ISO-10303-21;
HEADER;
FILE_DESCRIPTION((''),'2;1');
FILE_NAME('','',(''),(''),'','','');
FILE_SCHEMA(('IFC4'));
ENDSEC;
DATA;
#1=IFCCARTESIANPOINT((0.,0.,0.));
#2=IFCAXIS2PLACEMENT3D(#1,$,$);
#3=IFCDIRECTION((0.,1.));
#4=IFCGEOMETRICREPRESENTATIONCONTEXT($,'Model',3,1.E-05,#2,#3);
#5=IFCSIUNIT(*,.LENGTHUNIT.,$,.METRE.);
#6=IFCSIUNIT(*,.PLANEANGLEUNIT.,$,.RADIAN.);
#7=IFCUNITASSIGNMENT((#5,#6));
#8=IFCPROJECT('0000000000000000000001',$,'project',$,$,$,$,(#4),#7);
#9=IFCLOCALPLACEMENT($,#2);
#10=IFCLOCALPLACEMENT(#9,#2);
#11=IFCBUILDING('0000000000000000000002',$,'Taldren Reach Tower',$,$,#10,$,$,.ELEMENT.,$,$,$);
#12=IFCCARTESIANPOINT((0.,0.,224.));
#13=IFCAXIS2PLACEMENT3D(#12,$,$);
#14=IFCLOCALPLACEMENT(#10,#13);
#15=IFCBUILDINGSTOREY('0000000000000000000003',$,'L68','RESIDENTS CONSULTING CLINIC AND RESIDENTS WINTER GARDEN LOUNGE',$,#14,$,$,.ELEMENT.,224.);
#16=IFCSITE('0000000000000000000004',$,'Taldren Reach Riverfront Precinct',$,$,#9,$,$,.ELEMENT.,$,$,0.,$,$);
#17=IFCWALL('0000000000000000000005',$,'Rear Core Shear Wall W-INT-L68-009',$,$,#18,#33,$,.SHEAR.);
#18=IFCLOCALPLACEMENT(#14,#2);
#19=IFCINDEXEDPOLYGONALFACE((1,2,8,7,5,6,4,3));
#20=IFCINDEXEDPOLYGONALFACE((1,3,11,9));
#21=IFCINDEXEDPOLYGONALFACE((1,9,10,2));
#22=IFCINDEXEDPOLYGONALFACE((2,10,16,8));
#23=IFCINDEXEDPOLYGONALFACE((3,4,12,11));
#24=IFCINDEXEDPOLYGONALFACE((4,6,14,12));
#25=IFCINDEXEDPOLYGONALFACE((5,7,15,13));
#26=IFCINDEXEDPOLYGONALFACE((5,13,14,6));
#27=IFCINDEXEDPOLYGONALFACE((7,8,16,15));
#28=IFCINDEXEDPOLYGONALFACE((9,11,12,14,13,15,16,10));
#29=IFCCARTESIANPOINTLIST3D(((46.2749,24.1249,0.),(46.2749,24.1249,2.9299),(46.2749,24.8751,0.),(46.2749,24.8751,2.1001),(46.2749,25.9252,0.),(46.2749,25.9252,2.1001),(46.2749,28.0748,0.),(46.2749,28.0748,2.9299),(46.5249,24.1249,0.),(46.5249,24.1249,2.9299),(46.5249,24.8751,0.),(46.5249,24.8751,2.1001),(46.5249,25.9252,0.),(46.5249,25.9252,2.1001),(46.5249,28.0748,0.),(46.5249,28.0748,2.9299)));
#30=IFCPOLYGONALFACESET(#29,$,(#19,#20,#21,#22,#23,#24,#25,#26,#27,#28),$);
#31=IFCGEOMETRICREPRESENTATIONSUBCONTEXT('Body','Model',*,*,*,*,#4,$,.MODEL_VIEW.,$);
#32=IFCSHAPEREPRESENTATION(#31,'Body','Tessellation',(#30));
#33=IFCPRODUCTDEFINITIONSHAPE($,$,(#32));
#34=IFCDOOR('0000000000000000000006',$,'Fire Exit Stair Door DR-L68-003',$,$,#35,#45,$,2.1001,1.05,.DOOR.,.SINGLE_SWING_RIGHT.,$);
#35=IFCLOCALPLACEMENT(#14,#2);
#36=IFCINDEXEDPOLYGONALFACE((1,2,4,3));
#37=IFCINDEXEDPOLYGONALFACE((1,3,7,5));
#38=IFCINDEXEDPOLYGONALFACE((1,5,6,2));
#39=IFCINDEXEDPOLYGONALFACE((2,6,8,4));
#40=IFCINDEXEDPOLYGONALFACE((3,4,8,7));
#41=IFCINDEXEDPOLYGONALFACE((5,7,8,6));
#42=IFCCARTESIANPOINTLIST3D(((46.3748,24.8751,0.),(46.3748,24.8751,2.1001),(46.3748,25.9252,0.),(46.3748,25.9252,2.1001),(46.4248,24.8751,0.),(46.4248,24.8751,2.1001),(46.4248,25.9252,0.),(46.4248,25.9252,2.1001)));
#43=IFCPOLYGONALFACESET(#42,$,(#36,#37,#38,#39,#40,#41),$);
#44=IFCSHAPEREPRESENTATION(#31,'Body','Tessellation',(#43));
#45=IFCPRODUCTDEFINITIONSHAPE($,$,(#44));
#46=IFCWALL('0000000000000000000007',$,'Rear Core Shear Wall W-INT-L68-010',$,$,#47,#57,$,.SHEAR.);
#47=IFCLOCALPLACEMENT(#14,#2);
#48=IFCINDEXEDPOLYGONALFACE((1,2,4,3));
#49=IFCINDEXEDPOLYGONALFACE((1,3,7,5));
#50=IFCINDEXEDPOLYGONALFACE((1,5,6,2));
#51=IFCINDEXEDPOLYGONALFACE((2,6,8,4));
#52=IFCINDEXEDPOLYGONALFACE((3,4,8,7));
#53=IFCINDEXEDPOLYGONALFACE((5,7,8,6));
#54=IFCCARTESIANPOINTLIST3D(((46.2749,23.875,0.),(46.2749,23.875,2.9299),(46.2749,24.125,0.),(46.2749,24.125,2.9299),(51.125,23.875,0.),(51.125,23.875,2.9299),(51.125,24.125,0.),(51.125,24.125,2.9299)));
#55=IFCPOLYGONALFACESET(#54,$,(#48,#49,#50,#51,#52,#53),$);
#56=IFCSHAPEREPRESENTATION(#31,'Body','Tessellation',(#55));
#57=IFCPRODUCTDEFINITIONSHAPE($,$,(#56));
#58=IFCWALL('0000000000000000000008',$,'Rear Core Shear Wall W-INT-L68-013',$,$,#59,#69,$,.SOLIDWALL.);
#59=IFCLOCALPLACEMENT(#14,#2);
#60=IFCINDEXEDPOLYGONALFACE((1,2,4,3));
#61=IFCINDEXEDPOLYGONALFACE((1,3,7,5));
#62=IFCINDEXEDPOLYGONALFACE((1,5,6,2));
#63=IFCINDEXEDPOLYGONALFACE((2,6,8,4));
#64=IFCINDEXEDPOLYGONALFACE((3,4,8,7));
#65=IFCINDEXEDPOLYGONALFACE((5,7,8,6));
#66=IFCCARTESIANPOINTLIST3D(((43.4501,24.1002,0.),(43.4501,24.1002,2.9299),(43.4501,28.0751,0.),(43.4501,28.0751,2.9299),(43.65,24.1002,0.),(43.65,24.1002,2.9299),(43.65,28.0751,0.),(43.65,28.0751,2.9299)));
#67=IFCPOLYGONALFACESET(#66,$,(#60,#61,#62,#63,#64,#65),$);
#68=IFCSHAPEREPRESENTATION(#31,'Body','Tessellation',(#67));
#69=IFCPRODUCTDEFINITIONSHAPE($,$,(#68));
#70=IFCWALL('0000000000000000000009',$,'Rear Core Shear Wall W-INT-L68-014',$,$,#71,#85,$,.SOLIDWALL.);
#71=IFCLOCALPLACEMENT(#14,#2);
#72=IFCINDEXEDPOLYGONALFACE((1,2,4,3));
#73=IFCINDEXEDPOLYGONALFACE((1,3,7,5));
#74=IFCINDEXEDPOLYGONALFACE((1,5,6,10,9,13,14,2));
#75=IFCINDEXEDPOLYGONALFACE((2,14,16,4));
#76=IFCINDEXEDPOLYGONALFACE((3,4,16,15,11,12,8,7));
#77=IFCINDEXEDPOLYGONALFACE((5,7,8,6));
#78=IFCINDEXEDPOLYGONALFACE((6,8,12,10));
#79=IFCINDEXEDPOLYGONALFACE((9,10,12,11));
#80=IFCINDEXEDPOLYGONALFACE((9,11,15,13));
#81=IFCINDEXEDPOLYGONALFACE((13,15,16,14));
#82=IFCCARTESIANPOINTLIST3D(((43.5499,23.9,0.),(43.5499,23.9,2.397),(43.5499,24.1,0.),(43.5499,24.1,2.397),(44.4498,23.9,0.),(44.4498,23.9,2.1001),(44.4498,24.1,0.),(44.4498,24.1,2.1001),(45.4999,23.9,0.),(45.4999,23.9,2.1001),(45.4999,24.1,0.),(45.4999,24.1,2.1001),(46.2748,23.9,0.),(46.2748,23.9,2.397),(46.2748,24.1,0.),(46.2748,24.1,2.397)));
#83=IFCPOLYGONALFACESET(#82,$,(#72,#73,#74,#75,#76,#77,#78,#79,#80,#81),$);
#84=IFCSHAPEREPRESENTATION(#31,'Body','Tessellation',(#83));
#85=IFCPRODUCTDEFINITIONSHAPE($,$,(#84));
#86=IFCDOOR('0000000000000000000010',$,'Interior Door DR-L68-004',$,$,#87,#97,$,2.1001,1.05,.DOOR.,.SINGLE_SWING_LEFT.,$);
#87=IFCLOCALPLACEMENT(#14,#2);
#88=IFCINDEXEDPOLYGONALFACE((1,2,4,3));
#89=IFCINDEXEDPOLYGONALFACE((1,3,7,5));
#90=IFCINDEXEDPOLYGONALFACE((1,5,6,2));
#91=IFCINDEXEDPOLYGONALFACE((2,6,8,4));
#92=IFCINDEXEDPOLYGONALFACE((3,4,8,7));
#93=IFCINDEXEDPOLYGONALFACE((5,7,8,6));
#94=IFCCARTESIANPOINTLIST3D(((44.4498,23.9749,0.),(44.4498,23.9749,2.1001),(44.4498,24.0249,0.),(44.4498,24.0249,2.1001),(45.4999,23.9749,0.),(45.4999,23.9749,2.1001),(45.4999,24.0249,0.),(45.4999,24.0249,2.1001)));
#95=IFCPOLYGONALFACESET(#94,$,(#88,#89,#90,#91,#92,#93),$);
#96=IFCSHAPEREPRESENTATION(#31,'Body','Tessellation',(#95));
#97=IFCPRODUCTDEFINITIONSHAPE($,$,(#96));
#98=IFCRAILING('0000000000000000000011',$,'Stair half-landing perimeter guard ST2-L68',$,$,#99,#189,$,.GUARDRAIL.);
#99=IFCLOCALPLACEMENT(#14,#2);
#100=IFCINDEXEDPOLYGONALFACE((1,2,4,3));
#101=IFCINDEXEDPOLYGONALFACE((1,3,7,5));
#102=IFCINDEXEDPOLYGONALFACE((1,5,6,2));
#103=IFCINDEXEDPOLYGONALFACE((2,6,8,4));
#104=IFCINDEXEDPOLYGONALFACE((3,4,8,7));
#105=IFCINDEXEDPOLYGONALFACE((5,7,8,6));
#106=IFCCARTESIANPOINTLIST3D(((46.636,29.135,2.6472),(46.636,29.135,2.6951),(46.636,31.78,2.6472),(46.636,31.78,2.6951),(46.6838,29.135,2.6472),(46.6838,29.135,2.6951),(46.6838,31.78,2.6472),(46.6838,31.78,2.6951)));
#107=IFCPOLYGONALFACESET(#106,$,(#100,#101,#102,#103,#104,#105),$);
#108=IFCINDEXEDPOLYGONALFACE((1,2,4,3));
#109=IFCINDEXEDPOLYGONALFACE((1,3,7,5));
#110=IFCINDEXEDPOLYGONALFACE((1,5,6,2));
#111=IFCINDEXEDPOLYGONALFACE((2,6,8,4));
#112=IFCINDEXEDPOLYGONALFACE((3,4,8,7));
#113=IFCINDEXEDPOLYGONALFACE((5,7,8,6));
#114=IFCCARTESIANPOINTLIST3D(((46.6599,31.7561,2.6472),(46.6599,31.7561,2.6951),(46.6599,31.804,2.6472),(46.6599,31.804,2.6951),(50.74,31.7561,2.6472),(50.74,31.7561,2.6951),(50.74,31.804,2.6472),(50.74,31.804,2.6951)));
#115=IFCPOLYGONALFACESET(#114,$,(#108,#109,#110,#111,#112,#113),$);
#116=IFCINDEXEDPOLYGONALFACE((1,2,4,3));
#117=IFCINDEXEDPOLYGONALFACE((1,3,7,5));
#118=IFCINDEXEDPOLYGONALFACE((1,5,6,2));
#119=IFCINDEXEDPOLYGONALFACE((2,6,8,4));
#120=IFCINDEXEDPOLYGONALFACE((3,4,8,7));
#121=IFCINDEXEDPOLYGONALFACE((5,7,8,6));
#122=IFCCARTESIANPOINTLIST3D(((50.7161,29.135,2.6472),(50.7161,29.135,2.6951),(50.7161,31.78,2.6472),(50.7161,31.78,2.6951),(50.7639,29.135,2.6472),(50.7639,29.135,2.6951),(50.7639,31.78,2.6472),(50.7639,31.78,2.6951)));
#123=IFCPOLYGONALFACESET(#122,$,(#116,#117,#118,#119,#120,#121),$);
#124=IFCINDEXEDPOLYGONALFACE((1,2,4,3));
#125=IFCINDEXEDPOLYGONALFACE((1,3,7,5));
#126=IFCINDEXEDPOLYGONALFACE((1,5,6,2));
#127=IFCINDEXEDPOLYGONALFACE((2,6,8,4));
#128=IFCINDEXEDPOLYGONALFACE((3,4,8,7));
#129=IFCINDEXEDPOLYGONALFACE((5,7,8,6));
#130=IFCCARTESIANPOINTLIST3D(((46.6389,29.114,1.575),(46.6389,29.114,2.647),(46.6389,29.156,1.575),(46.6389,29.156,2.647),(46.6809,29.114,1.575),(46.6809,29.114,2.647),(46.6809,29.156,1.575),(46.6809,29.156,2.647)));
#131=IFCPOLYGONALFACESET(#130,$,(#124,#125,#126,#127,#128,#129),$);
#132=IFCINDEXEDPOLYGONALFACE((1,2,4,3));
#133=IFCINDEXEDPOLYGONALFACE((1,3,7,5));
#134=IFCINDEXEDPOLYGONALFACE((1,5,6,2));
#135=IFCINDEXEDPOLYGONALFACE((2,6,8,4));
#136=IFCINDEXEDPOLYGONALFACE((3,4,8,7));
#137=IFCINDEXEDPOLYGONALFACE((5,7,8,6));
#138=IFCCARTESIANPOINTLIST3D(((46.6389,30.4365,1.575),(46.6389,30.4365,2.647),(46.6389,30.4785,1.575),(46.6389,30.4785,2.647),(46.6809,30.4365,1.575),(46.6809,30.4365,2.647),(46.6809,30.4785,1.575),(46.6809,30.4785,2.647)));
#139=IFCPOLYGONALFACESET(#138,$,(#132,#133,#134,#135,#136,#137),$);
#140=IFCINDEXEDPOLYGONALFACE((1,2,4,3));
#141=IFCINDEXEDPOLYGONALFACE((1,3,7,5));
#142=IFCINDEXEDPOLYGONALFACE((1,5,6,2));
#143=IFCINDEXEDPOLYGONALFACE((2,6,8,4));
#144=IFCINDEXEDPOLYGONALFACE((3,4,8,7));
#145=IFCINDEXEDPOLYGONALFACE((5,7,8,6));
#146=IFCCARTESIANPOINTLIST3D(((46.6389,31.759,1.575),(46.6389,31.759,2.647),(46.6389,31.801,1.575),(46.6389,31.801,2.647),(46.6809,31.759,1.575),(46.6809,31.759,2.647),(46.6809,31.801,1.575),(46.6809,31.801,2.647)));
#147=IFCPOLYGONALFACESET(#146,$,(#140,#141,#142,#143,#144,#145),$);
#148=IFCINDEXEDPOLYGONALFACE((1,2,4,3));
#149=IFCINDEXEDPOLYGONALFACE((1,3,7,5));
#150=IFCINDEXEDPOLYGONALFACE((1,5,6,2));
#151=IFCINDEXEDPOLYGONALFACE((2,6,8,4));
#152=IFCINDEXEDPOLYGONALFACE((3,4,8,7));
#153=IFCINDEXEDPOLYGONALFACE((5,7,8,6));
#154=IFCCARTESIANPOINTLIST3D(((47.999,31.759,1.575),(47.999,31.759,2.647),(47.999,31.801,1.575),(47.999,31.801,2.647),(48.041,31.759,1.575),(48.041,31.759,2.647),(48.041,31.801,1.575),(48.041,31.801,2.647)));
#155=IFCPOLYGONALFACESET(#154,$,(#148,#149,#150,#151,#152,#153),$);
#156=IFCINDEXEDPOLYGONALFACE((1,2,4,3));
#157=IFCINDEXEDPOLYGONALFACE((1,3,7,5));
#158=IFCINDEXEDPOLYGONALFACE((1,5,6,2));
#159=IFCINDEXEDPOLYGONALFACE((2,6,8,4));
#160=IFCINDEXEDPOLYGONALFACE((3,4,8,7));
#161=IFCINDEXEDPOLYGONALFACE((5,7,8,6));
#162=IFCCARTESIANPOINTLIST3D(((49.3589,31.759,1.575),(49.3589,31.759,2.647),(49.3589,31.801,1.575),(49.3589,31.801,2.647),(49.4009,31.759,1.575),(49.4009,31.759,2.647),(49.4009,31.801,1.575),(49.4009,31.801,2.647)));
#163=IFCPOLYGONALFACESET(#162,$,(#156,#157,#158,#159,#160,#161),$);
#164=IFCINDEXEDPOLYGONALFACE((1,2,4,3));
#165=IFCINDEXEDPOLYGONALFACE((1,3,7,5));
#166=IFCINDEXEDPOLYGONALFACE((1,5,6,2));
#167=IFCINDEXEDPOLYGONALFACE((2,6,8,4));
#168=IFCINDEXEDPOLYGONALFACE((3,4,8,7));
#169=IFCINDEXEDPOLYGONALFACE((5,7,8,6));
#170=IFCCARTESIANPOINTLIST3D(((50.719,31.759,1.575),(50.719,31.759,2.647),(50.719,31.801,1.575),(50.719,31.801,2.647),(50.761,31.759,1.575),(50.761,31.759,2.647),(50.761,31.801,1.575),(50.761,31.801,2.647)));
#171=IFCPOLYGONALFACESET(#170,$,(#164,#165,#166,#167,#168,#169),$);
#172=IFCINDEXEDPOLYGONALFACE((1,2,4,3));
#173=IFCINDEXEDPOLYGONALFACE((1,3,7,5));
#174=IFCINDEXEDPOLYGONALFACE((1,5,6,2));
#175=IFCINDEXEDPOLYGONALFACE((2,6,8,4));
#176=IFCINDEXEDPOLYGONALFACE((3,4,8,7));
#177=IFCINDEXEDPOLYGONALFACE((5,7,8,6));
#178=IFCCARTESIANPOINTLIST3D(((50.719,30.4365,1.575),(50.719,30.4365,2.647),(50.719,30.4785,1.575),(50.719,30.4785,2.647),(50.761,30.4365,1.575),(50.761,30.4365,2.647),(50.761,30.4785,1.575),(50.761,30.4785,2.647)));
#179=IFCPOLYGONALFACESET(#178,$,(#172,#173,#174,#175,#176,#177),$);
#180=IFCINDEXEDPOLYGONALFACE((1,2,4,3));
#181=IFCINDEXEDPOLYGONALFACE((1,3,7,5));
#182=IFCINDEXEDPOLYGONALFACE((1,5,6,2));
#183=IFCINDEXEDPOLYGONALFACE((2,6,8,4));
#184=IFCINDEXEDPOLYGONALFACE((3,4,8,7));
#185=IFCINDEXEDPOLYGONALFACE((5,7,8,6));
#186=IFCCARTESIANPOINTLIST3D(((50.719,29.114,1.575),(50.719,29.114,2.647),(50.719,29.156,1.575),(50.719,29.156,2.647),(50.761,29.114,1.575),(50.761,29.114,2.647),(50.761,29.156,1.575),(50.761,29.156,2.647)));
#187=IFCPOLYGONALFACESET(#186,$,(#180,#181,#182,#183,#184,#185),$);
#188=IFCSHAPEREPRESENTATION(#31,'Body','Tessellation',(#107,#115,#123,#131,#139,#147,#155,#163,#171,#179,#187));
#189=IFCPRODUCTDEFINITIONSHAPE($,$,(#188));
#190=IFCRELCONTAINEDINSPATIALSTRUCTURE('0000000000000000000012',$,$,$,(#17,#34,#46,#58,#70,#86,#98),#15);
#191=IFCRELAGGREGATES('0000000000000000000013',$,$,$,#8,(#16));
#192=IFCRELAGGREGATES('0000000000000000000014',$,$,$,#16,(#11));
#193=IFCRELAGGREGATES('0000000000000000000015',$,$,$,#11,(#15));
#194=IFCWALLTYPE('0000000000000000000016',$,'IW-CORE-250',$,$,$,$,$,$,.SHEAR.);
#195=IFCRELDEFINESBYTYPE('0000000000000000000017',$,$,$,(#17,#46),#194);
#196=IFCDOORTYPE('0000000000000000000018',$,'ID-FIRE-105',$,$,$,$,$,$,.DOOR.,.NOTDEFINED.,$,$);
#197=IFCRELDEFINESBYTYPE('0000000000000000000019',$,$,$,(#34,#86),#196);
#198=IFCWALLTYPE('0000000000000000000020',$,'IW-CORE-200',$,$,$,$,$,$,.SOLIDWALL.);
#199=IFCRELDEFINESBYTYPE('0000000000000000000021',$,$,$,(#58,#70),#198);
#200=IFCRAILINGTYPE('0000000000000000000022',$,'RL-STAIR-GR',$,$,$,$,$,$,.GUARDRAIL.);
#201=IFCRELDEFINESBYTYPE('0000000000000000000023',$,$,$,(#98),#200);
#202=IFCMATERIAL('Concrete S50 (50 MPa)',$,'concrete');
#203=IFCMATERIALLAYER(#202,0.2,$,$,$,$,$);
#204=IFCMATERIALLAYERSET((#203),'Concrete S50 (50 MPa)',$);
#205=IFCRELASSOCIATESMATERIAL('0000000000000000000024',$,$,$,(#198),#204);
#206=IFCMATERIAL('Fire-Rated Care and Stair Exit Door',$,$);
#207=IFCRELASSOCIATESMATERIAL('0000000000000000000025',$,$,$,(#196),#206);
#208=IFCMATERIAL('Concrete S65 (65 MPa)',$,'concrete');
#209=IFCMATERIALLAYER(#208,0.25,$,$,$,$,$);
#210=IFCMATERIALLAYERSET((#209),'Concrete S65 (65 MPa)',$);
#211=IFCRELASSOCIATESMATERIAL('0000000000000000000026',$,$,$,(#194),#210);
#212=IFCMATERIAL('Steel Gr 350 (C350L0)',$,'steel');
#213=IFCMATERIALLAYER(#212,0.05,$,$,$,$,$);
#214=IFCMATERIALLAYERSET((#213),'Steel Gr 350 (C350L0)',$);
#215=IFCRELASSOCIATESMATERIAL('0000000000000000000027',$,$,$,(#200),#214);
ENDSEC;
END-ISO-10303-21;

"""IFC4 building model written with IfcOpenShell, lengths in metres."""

from ifc_helpers import new_model, si_unit, direction, frame, frame_2d, origin, origin_2d, place, context, subcontext, project, spatial, rectangle, extrude, source, transform, mapped, material, layer, layer_set, type_object, element, fill, save


model = new_model("IFC4")

# Units and contexts
model_context = context("Model", 3, precision=1e-05, world=origin(), true_north=direction((0.0, 1.0)))
body_context = subcontext(model_context, "Body", "Model", "MODEL_VIEW")
ifc_project = project(units=[si_unit("LENGTHUNIT", "METRE"), si_unit("PLANEANGLEUNIT", "RADIAN")], contexts=[model_context])

# Site, building, storey
site_placement = place(None, origin())
site = spatial("IfcSite", under=ifc_project, at=site_placement, Name="Taldren Reach Riverfront Precinct", CompositionType="ELEMENT", RefElevation=0.0)
building_placement = place(site_placement, origin())
building = spatial("IfcBuilding", under=site, at=building_placement, Name="Taldren Reach Tower", CompositionType="ELEMENT")
storey_placement = place(building_placement, frame((0.0, 0.0, 224.0)))
storey = spatial("IfcBuildingStorey", under=building, at=storey_placement, Name="L68", Description="RESIDENTS CONSULTING CLINIC AND RESIDENTS WINTER GARDEN LOUNGE", CompositionType="ELEMENT", Elevation=224.0)

# Shared definitions
ifc_material_1 = material(Name="Steel Gr 350 (C350L0)", Category="steel")

# Shared definitions
ifc_material_2 = material(Name="Concrete S50 (50 MPa)", Category="concrete")
ifc_layer_1 = layer(ifc_material_2, 0.2)
ifc_layer_set_1 = layer_set([ifc_layer_1], Name="Concrete S50 (50 MPa)")
wall_type_1 = type_object("IfcWallType", Name="IW-CORE-200", PredefinedType="SOLIDWALL", material=ifc_layer_set_1)
shared_shape_1 = source(origin(), body_context, "Body", "SweptSolid", [
    extrude(rectangle(XDim=1.05, YDim=2.1001, at=frame_2d((0.5249, 1.05))), frame((0.0, 0.1099, 0.0), z_axis=(0.0, -1.0, 0.0), x_axis=(1.0, 0.0, 0.0)), (0.0, 0.0, 1.0), 0.22),
])
ifc_material_3 = material(Name="Fire-Rated Care and Stair Exit Door")
door_type_1 = type_object("IfcDoorType", Name="ID-FIRE-105", OperationType="NOTDEFINED", PredefinedType="DOOR", material=ifc_material_3)
shared_shape_2 = source(origin(), body_context, "Body", "SweptSolid", [
    extrude(rectangle(XDim=1.05, YDim=2.1001, at=frame_2d((0.5249, 1.05))), frame((0.0, 0.0249, 0.0), z_axis=(0.0, -1.0, 0.0), x_axis=(1.0, 0.0, 0.0)), (0.0, 0.0, 1.0), 0.05),
])

# Shared definitions
ifc_material_4 = material(Name="Concrete S65 (65 MPa)", Category="concrete")
ifc_layer_2 = layer(ifc_material_4, 0.25)
ifc_layer_set_2 = layer_set([ifc_layer_2], Name="Concrete S65 (65 MPa)")
wall_type_2 = type_object("IfcWallType", Name="IW-CORE-250", PredefinedType="SHEAR", material=ifc_layer_set_2)

# Wall, opening, door
shared_shape_3 = source(origin(), body_context, "Body", "SweptSolid", [
    extrude(rectangle(XDim=3.95, YDim=0.25, at=frame_2d((1.9751, 0.0))), origin(), (0.0, 0.0, 1.0), 2.9299),
])
wall_1_placement = place(storey_placement, frame((46.3999, 28.075, 0.0), z_axis=(0.0, 0.0, 1.0), x_axis=(0.0, -1.0, 0.0)))
wall_1 = element("IfcWall", 1, at=wall_1_placement, inside=storey, type_object=wall_type_2, Name="Rear Core Shear Wall W-INT-L68-009", PredefinedType="SHEAR", context=body_context, shape_type="MappedRepresentation", body=[
    mapped(shared_shape_3, transform((0.0, 0.0, 0.0), scale=1.0)),
])
shared_shape_4 = source(origin(), body_context, "Body", "SweptSolid", [
    extrude(rectangle(XDim=1.05, YDim=2.1001, at=frame_2d((0.5249, 1.05))), frame((0.0, 0.135, 0.0), z_axis=(0.0, -1.0, 0.0), x_axis=(1.0, 0.0, 0.0)), (0.0, 0.0, 1.0), 0.27),
])
opening_1_placement = place(wall_1_placement, frame((2.1499, 0.0, 0.0)))
opening_1 = element("IfcOpeningElement", 2, at=opening_1_placement, cuts=wall_1, PredefinedType="OPENING", context=body_context, shape_type="MappedRepresentation", body=[
    mapped(shared_shape_4, transform((0.0, 0.0, 0.0), scale=1.0)),
])
door_1_placement = place(opening_1_placement, origin())
door_1 = element("IfcDoor", 3, at=door_1_placement, inside=storey, type_object=door_type_1, Name="Fire Exit Stair Door DR-L68-003", OperationType="SINGLE_SWING_RIGHT", OverallHeight=2.1001, OverallWidth=1.05, PredefinedType="DOOR", context=body_context, shape_type="MappedRepresentation", body=[
    mapped(shared_shape_2, transform((0.0, 0.0, 0.0), scale=1.0)),
])
fill(opening_1, door_1)

# Wall
shared_shape_5 = source(origin(), body_context, "Body", "SweptSolid", [
    extrude(rectangle(XDim=4.8501, YDim=0.25, at=frame_2d((2.425, 0.0))), origin(), (0.0, 0.0, 1.0), 2.9299),
])
wall_2_placement = place(storey_placement, frame((46.2749, 24.0, 0.0), z_axis=(0.0, 0.0, 1.0), x_axis=(1.0, 0.0, 0.0)))
element("IfcWall", 4, at=wall_2_placement, inside=storey, type_object=wall_type_2, Name="Rear Core Shear Wall W-INT-L68-010", PredefinedType="SHEAR", context=body_context, shape_type="MappedRepresentation", body=[
    mapped(shared_shape_5, transform((0.0, 0.0, 0.0), scale=1.0)),
])

# Wall
shared_shape_6 = source(origin(), body_context, "Body", "SweptSolid", [
    extrude(rectangle(XDim=3.9749, YDim=0.2, at=frame_2d((1.9873, 0.0))), origin(), (0.0, 0.0, 1.0), 2.9299),
])
wall_3_placement = place(storey_placement, frame((43.55, 28.075, 0.0), z_axis=(0.0, 0.0, 1.0), x_axis=(0.0, -1.0, 0.0)))
element("IfcWall", 5, at=wall_3_placement, inside=storey, type_object=wall_type_1, Name="Rear Core Shear Wall W-INT-L68-013", PredefinedType="SOLIDWALL", context=body_context, shape_type="MappedRepresentation", body=[
    mapped(shared_shape_6, transform((0.0, 0.0, 0.0), scale=1.0)),
])

# Wall, opening, door
shared_shape_7 = source(origin(), body_context, "Body", "SweptSolid", [
    extrude(rectangle(XDim=2.7249, YDim=0.2, at=frame_2d((1.3623, 0.0))), origin(), (0.0, 0.0, 1.0), 2.397),
])
wall_4_placement = place(storey_placement, frame((43.55, 24.0, 0.0), z_axis=(0.0, 0.0, 1.0), x_axis=(1.0, 0.0, 0.0)))
wall_4 = element("IfcWall", 6, at=wall_4_placement, inside=storey, type_object=wall_type_1, Name="Rear Core Shear Wall W-INT-L68-014", PredefinedType="SOLIDWALL", context=body_context, shape_type="MappedRepresentation", body=[
    mapped(shared_shape_7, transform((0.0, 0.0, 0.0), scale=1.0)),
])
opening_2_placement = place(wall_4_placement, frame((0.8999, 0.0, 0.0)))
opening_2 = element("IfcOpeningElement", 7, at=opening_2_placement, cuts=wall_4, PredefinedType="OPENING", context=body_context, shape_type="MappedRepresentation", body=[
    mapped(shared_shape_1, transform((0.0, 0.0, 0.0), scale=1.0)),
])
door_2_placement = place(opening_2_placement, origin())
door_2 = element("IfcDoor", 8, at=door_2_placement, inside=storey, type_object=door_type_1, Name="Interior Door DR-L68-004", OperationType="SINGLE_SWING_LEFT", OverallHeight=2.1001, OverallWidth=1.05, PredefinedType="DOOR", context=body_context, shape_type="MappedRepresentation", body=[
    mapped(shared_shape_2, transform((0.0, 0.0, 0.0), scale=1.0)),
])
fill(opening_2, door_2)

# Railing
ifc_layer_3 = layer(ifc_material_1, 0.05)
ifc_layer_set_3 = layer_set([ifc_layer_3], Name="Steel Gr 350 (C350L0)")
railing_type_1 = type_object("IfcRailingType", Name="RL-STAIR-GR", PredefinedType="GUARDRAIL", material=ifc_layer_set_3)
railing_1_placement = place(storey_placement, frame((46.6599, 29.135, 1.575)))
element("IfcRailing", 9, at=railing_1_placement, inside=storey, type_object=railing_type_1, Name="Stair half-landing perimeter guard ST2-L68", PredefinedType="GUARDRAIL", context=body_context, shape_type="SweptSolid", body=[
    extrude(rectangle(XDim=0.0479, YDim=0.0479, at=origin_2d()), frame((0.0, 0.0, 1.0962), z_axis=(0.0, 1.0, 0.0), x_axis=(-1.0, 0.0, 0.0)), (0.0, 0.0, 1.0), 2.645),
    extrude(rectangle(XDim=0.0479, YDim=0.0479, at=origin_2d()), frame((0.0, 2.645, 1.0962), z_axis=(1.0, 0.0, 0.0), x_axis=(0.0, 1.0, 0.0)), (0.0, 0.0, 1.0), 4.0801),
    extrude(rectangle(XDim=0.0479, YDim=0.0479, at=origin_2d()), frame((4.0801, 2.645, 1.0962), z_axis=(0.0, -1.0, 0.0), x_axis=(1.0, 0.0, 0.0)), (0.0, 0.0, 1.0), 2.645),
    extrude(rectangle(XDim=0.042, YDim=0.042, at=origin_2d()), origin(), (0.0, 0.0, 1.0), 1.072),
    extrude(rectangle(XDim=0.042, YDim=0.042, at=origin_2d()), frame((0.0, 1.3225, 0.0)), (0.0, 0.0, 1.0), 1.072),
    extrude(rectangle(XDim=0.042, YDim=0.042, at=origin_2d()), frame((0.0, 2.645, 0.0)), (0.0, 0.0, 1.0), 1.072),
    extrude(rectangle(XDim=0.042, YDim=0.042, at=origin_2d()), frame((1.3601, 2.645, 0.0)), (0.0, 0.0, 1.0), 1.072),
    extrude(rectangle(XDim=0.042, YDim=0.042, at=origin_2d()), frame((2.72, 2.645, 0.0)), (0.0, 0.0, 1.0), 1.072),
    extrude(rectangle(XDim=0.042, YDim=0.042, at=origin_2d()), frame((4.0801, 2.645, 0.0)), (0.0, 0.0, 1.0), 1.072),
    extrude(rectangle(XDim=0.042, YDim=0.042, at=origin_2d()), frame((4.0801, 1.3225, 0.0)), (0.0, 0.0, 1.0), 1.072),
    extrude(rectangle(XDim=0.042, YDim=0.042, at=origin_2d()), frame((4.0801, 0.0, 0.0)), (0.0, 0.0, 1.0), 1.072),
])

save(model, "model.ifc")
